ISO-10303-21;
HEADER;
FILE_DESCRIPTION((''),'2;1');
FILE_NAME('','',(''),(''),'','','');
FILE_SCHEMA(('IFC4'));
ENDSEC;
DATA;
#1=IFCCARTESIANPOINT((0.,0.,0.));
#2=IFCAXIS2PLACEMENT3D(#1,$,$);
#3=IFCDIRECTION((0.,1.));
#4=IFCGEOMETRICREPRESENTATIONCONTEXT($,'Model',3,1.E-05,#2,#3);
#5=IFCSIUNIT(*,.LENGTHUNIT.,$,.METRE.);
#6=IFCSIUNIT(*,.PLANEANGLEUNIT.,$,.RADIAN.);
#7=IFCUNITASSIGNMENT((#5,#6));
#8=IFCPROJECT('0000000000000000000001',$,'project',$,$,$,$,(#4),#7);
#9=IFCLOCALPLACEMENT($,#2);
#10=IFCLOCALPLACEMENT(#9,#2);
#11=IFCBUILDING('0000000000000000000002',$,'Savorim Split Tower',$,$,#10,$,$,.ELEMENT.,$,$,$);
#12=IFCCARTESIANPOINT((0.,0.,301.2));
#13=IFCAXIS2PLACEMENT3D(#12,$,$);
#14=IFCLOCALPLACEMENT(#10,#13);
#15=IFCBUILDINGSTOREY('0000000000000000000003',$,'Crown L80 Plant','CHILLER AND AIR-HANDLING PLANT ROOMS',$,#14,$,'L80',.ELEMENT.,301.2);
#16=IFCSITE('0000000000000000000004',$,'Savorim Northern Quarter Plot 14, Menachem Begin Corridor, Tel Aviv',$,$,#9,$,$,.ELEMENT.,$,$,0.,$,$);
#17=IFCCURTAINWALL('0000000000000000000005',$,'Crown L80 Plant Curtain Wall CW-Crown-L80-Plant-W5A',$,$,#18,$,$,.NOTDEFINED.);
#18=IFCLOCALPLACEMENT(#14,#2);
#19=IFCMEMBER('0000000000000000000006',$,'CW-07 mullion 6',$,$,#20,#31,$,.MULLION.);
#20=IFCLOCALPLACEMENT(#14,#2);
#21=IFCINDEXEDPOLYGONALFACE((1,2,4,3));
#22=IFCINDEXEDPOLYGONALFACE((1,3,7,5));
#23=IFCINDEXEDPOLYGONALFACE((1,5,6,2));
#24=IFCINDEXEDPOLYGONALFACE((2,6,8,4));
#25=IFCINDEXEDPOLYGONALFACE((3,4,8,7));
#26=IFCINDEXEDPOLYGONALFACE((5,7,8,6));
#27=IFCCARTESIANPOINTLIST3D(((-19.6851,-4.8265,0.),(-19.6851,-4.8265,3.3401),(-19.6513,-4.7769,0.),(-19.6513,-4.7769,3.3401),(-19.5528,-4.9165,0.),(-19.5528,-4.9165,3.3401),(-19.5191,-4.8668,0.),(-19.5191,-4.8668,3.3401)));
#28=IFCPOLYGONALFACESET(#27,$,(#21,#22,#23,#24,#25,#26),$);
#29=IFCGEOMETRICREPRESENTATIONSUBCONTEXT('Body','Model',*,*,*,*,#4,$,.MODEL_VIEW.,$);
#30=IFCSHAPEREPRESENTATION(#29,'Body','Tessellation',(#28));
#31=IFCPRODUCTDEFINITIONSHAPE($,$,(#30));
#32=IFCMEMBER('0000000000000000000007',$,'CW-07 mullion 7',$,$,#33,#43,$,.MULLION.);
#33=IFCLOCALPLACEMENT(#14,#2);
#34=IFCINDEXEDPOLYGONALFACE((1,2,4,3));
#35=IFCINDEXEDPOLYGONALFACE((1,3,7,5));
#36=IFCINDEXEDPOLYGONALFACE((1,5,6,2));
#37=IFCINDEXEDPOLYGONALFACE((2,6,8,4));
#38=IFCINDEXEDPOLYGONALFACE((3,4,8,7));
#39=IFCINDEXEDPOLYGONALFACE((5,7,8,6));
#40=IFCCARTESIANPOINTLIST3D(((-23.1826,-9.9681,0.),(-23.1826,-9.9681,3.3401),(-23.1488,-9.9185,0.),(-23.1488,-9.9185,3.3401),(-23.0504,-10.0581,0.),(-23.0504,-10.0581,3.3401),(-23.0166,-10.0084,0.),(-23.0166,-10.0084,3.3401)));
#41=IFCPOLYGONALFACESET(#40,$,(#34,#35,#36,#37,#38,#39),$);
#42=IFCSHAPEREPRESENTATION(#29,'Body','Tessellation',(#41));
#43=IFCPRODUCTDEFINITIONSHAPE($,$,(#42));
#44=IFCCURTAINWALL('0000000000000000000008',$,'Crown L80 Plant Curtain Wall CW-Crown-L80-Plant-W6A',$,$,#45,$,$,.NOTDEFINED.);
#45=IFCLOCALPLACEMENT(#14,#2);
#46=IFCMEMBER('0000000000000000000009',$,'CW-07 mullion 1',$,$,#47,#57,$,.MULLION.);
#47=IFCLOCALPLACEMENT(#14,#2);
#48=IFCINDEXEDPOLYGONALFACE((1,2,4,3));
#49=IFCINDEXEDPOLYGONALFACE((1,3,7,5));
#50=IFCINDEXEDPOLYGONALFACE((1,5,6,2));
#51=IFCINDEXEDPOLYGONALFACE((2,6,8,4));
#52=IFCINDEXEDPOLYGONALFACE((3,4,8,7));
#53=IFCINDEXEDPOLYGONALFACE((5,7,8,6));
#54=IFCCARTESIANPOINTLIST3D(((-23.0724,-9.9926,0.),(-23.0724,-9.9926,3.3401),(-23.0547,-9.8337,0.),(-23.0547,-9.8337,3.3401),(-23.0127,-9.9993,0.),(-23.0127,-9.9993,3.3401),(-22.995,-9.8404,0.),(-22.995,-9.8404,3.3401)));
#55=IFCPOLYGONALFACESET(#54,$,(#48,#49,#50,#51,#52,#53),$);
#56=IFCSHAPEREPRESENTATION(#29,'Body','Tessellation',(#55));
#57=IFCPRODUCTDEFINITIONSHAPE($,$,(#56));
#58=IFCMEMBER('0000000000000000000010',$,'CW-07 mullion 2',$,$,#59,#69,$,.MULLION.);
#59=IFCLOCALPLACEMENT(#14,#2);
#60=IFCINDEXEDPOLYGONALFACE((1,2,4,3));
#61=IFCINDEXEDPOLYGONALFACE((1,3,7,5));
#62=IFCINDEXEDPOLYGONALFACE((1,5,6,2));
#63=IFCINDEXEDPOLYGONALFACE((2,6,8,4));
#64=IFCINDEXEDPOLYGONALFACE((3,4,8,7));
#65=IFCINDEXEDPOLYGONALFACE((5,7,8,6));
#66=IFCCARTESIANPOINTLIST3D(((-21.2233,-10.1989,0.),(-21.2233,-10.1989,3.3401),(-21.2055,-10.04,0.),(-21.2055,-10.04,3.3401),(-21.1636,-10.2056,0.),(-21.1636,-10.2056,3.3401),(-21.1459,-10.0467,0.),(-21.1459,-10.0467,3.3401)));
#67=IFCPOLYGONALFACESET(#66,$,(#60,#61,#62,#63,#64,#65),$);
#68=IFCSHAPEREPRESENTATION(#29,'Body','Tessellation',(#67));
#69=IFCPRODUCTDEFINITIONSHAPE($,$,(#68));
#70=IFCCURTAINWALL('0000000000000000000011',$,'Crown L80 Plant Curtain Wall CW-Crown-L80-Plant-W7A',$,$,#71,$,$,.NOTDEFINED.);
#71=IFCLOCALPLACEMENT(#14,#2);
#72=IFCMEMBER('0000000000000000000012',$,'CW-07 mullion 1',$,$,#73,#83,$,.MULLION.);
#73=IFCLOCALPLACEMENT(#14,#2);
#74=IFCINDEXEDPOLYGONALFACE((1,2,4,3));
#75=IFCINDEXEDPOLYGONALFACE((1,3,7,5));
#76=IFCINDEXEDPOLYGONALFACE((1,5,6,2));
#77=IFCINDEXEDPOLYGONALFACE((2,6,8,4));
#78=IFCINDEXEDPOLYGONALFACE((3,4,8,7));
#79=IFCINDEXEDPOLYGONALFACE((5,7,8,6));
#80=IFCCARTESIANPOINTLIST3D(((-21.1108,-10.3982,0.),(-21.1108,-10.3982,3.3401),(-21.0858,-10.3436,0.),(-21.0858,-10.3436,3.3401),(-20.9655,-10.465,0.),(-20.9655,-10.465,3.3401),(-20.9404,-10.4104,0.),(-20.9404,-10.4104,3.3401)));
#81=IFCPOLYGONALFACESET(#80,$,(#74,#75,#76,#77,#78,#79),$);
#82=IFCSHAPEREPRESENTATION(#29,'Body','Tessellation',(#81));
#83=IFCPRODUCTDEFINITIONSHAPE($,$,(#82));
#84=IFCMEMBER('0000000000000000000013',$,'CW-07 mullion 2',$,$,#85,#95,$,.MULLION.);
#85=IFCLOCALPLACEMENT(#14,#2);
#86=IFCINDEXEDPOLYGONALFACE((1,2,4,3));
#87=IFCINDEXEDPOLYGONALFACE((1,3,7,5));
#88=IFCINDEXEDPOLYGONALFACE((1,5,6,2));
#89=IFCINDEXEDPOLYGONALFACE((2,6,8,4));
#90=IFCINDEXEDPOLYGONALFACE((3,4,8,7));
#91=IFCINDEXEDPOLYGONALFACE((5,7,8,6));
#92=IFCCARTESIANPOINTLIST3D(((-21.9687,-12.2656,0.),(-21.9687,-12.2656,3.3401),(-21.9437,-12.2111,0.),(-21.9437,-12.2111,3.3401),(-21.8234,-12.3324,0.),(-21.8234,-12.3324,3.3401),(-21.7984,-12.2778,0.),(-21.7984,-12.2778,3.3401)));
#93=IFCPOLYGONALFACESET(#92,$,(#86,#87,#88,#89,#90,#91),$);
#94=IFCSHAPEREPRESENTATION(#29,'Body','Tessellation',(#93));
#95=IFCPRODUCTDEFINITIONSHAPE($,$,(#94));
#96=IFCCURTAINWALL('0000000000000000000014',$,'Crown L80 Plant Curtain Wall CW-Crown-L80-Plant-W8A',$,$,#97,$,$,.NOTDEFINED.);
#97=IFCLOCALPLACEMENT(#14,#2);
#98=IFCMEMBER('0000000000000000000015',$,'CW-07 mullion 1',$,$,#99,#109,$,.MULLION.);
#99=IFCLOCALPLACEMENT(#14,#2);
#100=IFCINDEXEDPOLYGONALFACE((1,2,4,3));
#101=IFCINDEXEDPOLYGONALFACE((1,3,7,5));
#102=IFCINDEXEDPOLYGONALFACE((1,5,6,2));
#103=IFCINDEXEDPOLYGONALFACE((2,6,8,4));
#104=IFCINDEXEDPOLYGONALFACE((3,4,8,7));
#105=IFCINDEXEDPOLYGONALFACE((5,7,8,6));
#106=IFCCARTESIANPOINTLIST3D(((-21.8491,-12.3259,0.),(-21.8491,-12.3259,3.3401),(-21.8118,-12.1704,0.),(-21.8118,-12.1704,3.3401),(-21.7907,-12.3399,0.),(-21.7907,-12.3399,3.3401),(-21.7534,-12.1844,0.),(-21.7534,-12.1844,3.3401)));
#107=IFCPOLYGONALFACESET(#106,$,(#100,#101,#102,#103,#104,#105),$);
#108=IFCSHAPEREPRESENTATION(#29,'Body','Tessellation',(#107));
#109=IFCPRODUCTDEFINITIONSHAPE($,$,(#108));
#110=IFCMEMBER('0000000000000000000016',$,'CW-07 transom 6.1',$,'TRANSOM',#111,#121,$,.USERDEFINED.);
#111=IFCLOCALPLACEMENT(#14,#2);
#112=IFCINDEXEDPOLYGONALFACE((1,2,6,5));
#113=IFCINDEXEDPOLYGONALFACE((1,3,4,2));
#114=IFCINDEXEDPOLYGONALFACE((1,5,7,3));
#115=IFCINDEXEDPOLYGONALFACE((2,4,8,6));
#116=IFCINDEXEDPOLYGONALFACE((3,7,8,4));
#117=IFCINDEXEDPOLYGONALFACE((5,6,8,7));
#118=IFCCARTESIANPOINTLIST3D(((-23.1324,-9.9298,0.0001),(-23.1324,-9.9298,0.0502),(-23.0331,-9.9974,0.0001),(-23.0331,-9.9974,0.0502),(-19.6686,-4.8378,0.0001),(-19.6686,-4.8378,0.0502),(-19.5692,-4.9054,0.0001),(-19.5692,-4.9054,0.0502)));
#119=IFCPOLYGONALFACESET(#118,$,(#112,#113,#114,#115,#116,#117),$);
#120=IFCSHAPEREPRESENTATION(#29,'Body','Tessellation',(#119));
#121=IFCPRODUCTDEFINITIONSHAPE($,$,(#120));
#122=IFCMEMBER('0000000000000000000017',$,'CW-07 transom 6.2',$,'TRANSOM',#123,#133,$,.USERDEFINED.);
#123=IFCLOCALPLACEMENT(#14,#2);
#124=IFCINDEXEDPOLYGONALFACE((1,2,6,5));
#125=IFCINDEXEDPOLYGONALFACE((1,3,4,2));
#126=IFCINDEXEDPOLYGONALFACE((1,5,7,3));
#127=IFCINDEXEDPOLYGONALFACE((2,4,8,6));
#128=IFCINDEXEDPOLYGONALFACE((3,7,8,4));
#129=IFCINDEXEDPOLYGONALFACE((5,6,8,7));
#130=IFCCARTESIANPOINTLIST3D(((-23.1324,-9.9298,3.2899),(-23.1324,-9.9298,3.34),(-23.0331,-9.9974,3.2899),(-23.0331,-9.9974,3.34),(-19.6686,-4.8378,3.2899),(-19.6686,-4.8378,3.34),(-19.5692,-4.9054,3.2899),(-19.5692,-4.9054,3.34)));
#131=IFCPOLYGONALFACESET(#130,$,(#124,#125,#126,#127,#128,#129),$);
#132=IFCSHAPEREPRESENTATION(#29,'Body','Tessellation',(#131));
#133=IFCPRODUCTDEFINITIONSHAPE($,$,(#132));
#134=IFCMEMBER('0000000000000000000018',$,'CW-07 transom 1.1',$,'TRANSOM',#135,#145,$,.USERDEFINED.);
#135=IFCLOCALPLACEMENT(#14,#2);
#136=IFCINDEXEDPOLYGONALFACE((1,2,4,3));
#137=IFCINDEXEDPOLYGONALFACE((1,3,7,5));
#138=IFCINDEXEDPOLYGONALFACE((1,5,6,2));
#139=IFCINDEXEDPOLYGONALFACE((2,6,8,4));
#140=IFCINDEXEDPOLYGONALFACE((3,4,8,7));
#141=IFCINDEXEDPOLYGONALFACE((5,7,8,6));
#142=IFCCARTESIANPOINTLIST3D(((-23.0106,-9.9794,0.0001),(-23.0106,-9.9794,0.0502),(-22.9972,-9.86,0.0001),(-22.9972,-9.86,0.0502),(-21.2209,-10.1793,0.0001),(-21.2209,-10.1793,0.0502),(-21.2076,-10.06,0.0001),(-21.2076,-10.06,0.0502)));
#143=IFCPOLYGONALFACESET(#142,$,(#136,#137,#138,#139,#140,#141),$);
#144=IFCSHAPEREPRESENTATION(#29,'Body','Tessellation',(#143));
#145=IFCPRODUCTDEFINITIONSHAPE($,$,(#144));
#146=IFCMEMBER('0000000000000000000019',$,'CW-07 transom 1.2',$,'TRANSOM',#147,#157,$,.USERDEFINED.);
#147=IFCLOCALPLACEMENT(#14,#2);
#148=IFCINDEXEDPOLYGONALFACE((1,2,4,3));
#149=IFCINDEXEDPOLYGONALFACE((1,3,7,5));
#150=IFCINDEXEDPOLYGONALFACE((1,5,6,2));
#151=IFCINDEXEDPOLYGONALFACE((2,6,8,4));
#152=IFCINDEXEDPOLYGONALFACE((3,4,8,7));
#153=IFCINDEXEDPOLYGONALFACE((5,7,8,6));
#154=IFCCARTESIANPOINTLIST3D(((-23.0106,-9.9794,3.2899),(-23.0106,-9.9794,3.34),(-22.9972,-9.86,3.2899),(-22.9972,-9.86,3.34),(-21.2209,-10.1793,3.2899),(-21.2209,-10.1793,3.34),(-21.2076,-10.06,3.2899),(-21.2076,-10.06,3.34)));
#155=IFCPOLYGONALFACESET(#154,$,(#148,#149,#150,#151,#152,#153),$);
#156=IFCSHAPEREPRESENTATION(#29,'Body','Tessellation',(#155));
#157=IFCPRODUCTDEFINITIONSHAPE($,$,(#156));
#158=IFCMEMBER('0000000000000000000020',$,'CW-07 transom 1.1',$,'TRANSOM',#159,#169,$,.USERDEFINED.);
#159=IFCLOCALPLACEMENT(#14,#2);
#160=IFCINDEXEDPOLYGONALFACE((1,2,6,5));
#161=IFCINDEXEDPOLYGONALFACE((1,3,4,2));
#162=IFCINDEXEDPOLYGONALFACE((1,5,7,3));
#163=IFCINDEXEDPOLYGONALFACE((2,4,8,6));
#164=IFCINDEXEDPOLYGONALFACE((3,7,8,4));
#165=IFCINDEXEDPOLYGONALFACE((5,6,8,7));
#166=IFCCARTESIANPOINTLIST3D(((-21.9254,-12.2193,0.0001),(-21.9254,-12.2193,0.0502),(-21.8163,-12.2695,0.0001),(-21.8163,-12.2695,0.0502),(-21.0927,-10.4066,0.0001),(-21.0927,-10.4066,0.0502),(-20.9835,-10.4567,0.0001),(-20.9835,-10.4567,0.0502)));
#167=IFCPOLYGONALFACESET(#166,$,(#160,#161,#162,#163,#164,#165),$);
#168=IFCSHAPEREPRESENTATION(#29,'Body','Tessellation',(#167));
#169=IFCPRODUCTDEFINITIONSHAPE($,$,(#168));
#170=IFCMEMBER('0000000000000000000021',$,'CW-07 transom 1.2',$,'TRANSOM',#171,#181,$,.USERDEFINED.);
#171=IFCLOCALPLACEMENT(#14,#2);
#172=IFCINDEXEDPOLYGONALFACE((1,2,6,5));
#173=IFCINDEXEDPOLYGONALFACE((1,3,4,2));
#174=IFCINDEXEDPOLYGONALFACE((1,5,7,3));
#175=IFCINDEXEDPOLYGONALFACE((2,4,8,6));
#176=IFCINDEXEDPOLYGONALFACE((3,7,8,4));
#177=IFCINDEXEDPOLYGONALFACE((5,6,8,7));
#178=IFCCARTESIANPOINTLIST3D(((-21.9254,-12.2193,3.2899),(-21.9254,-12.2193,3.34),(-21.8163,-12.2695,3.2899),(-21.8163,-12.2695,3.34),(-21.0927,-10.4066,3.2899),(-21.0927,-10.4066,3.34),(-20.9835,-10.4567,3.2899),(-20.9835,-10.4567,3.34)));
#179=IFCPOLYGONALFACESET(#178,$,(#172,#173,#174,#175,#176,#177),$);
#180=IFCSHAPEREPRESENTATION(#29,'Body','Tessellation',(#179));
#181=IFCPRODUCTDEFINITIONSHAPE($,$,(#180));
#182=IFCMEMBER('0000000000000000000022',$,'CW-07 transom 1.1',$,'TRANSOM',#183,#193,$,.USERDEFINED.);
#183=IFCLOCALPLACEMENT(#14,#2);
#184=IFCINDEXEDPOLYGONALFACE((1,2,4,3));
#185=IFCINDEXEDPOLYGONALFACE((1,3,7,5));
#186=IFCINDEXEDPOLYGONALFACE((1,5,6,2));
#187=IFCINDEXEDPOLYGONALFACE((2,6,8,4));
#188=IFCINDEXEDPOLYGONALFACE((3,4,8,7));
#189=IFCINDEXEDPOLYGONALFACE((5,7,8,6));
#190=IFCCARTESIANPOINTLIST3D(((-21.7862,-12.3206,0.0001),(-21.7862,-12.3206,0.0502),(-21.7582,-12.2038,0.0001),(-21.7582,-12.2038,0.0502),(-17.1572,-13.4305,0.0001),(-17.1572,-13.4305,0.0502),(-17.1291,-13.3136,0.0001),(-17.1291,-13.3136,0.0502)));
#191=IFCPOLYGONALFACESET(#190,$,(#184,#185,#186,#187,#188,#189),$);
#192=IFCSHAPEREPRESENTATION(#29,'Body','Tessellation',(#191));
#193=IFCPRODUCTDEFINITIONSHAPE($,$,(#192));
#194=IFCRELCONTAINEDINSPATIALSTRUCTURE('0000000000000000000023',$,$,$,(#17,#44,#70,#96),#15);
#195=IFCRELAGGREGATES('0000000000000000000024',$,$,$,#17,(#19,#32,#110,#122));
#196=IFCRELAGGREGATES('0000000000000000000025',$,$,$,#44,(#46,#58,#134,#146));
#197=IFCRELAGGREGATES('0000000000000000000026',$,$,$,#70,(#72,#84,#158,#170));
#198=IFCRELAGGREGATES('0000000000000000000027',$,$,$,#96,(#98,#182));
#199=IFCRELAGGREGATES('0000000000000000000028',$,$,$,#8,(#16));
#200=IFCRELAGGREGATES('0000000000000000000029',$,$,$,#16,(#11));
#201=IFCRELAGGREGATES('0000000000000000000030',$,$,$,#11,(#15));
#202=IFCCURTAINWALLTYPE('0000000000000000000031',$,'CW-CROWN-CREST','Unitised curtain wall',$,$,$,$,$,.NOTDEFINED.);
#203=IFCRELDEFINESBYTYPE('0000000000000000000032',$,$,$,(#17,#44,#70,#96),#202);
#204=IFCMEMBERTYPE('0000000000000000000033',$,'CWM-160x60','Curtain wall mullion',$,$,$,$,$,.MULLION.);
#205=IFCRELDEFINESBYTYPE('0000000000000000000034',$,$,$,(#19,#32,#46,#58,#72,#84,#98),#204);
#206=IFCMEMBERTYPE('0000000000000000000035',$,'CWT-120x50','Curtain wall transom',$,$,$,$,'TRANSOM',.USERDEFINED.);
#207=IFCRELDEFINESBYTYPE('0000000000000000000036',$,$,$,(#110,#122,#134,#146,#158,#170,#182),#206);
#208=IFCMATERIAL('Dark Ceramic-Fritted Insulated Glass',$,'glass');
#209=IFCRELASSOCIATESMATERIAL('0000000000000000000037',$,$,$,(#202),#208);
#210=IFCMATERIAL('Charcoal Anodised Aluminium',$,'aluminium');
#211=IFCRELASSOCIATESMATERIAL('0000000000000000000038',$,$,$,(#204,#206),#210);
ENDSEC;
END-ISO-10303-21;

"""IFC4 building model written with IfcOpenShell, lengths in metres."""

from ifc_helpers import new_model, si_unit, direction, frame, origin, origin_2d, place, context, subcontext, project, spatial, rectangle, extrude, material, material_profile, profile_set, type_object, element, aggregate, save


model = new_model("IFC4")

# Units and contexts
model_context = context("Model", 3, precision=1e-05, world=origin(), true_north=direction((0.0, 1.0)))
body_context = subcontext(model_context, "Body", "Model", "MODEL_VIEW")
ifc_project = project(units=[si_unit("LENGTHUNIT", "METRE"), si_unit("PLANEANGLEUNIT", "RADIAN")], contexts=[model_context])

# Site, building, storey
site_placement = place(None, origin())
site = spatial("IfcSite", under=ifc_project, at=site_placement, Name="Savorim Northern Quarter Plot 14, Menachem Begin Corridor, Tel Aviv", CompositionType="ELEMENT", RefElevation=0.0)
building_placement = place(site_placement, origin())
building = spatial("IfcBuilding", under=site, at=building_placement, Name="Savorim Split Tower", CompositionType="ELEMENT")
storey_placement = place(building_placement, frame((0.0, 0.0, 301.2)))
storey = spatial("IfcBuildingStorey", under=building, at=storey_placement, Name="Crown L80 Plant", Description="CHILLER AND AIR-HANDLING PLANT ROOMS", LongName="L80", CompositionType="ELEMENT", Elevation=301.2)

# Curtain walls, members
ifc_material_1 = material(Name="Dark Ceramic-Fritted Insulated Glass", Category="glass")
curtain_wall_type = type_object("IfcCurtainWallType", Name="CW-CROWN-CREST", Description="Unitised curtain wall", PredefinedType="NOTDEFINED", material=ifc_material_1)
curtain_wall_1_placement = place(storey_placement, origin())
curtain_wall_1 = element("IfcCurtainWall", 1, at=curtain_wall_1_placement, inside=storey, type_object=curtain_wall_type, Name="Crown L80 Plant Curtain Wall CW-Crown-L80-Plant-W5A", PredefinedType="NOTDEFINED")
ifc_material_2 = material(Name="Charcoal Anodised Aluminium", Category="aluminium")
ifc_material_profile_1 = material_profile(ifc_material_2, rectangle(XDim=0.1599, YDim=0.0601, at=origin_2d()), Name="ALU-M 160x60")
ifc_profile_set_1 = profile_set([ifc_material_profile_1], Name="Charcoal Anodised Aluminium")
member_type_1 = type_object("IfcMemberType", Name="CWM-160x60", Description="Curtain wall mullion", PredefinedType="MULLION", material=ifc_profile_set_1)
member_1_placement = place(storey_placement, frame((-19.6021, -4.8467, 0.0), z_axis=(0.0, 0.0, 1.0), x_axis=(0.826821, -0.562465, 0.0)))
member_1 = element("IfcMember", 2, at=member_1_placement, type_object=member_type_1, Name="CW-07 mullion 6", PredefinedType="MULLION", context=body_context, shape_type="SweptSolid", body=[
    extrude(rectangle(XDim=0.1599, YDim=0.0601, at=origin_2d()), origin(), (0.0, 0.0, 1.0), 3.3401),
])
member_2_placement = place(storey_placement, frame((-23.0996, -9.9883, 0.0), z_axis=(0.0, 0.0, 1.0), x_axis=(0.826821, -0.562465, 0.0)))
member_2 = element("IfcMember", 3, at=member_2_placement, type_object=member_type_1, Name="CW-07 mullion 7", PredefinedType="MULLION", context=body_context, shape_type="SweptSolid", body=[
    extrude(rectangle(XDim=0.1599, YDim=0.0601, at=origin_2d()), origin(), (0.0, 0.0, 1.0), 3.3401),
])
curtain_wall_2_placement = place(storey_placement, origin())
curtain_wall_2 = element("IfcCurtainWall", 4, at=curtain_wall_2_placement, inside=storey, type_object=curtain_wall_type, Name="Crown L80 Plant Curtain Wall CW-Crown-L80-Plant-W6A", PredefinedType="NOTDEFINED")
member_3_placement = place(storey_placement, frame((-23.0337, -9.9165, 0.0), z_axis=(0.0, 0.0, 1.0), x_axis=(0.110957, 0.993825, 0.0)))
member_3 = element("IfcMember", 5, at=member_3_placement, type_object=member_type_1, Name="CW-07 mullion 1", PredefinedType="MULLION", context=body_context, shape_type="SweptSolid", body=[
    extrude(rectangle(XDim=0.1599, YDim=0.0601, at=origin_2d()), origin(), (0.0, 0.0, 1.0), 3.3401),
])
member_4_placement = place(storey_placement, frame((-21.1846, -10.1228, 0.0), z_axis=(0.0, 0.0, 1.0), x_axis=(0.110957, 0.993825, 0.0)))
member_4 = element("IfcMember", 6, at=member_4_placement, type_object=member_type_1, Name="CW-07 mullion 2", PredefinedType="MULLION", context=body_context, shape_type="SweptSolid", body=[
    extrude(rectangle(XDim=0.1599, YDim=0.0601, at=origin_2d()), origin(), (0.0, 0.0, 1.0), 3.3401),
])
curtain_wall_3_placement = place(storey_placement, origin())
curtain_wall_3 = element("IfcCurtainWall", 7, at=curtain_wall_3_placement, inside=storey, type_object=curtain_wall_type, Name="Crown L80 Plant Curtain Wall CW-Crown-L80-Plant-W7A", PredefinedType="NOTDEFINED")
member_5_placement = place(storey_placement, frame((-21.0256, -10.4043, 0.0), z_axis=(0.0, 0.0, 1.0), x_axis=(0.908683, -0.417486, 0.0)))
member_5 = element("IfcMember", 8, at=member_5_placement, type_object=member_type_1, Name="CW-07 mullion 1", PredefinedType="MULLION", context=body_context, shape_type="SweptSolid", body=[
    extrude(rectangle(XDim=0.1599, YDim=0.0601, at=origin_2d()), origin(), (0.0, 0.0, 1.0), 3.3401),
])
member_6_placement = place(storey_placement, frame((-21.8835, -12.2717, 0.0), z_axis=(0.0, 0.0, 1.0), x_axis=(0.908683, -0.417486, 0.0)))
member_6 = element("IfcMember", 9, at=member_6_placement, type_object=member_type_1, Name="CW-07 mullion 2", PredefinedType="MULLION", context=body_context, shape_type="SweptSolid", body=[
    extrude(rectangle(XDim=0.1599, YDim=0.0601, at=origin_2d()), origin(), (0.0, 0.0, 1.0), 3.3401),
])

# Curtain wall, member
curtain_wall_4_placement = place(storey_placement, origin())
curtain_wall_4 = element("IfcCurtainWall", 10, at=curtain_wall_4_placement, inside=storey, type_object=curtain_wall_type, Name="Crown L80 Plant Curtain Wall CW-Crown-L80-Plant-W8A", PredefinedType="NOTDEFINED")
member_7_placement = place(storey_placement, frame((-21.8013, -12.2551, 0.0), z_axis=(0.0, 0.0, 1.0), x_axis=(0.233157, 0.972439, 0.0)))
member_7 = element("IfcMember", 11, at=member_7_placement, type_object=member_type_1, Name="CW-07 mullion 1", PredefinedType="MULLION", context=body_context, shape_type="SweptSolid", body=[
    extrude(rectangle(XDim=0.1599, YDim=0.0601, at=origin_2d()), origin(), (0.0, 0.0, 1.0), 3.3401),
])

# Members
ifc_material_profile_2 = material_profile(ifc_material_2, rectangle(XDim=0.1201, YDim=0.05, at=origin_2d()), Name="ALU-T 120x50")
ifc_profile_set_2 = profile_set([ifc_material_profile_2], Name="Charcoal Anodised Aluminium")
member_type_2 = type_object("IfcMemberType", Name="CWT-120x50", Description="Curtain wall transom", ElementType="TRANSOM", PredefinedType="USERDEFINED", material=ifc_profile_set_2)
member_8_placement = place(storey_placement, frame((-19.6189, -4.8716, 0.0251), z_axis=(-0.562452, -0.82683, 0.0), x_axis=(0.82683, -0.562452, 0.0)))
member_8 = element("IfcMember", 12, at=member_8_placement, type_object=member_type_2, Name="CW-07 transom 6.1", ObjectType="TRANSOM", PredefinedType="USERDEFINED", context=body_context, shape_type="SweptSolid", body=[
    extrude(rectangle(XDim=0.1201, YDim=0.05, at=origin_2d()), origin(), (0.0, 0.0, 1.0), 6.1584),
])
member_9_placement = place(storey_placement, frame((-19.6189, -4.8716, 3.3149), z_axis=(-0.562452, -0.82683, 0.0), x_axis=(0.82683, -0.562452, 0.0)))
member_9 = element("IfcMember", 13, at=member_9_placement, type_object=member_type_2, Name="CW-07 transom 6.2", ObjectType="TRANSOM", PredefinedType="USERDEFINED", context=body_context, shape_type="SweptSolid", body=[
    extrude(rectangle(XDim=0.1201, YDim=0.05, at=origin_2d()), origin(), (0.0, 0.0, 1.0), 6.1584),
])
member_10_placement = place(storey_placement, frame((-23.0039, -9.9197, 0.0251), z_axis=(0.993816, -0.111042, 0.0), x_axis=(0.111042, 0.993816, 0.0)))
member_10 = element("IfcMember", 14, at=member_10_placement, type_object=member_type_2, Name="CW-07 transom 1.1", ObjectType="TRANSOM", PredefinedType="USERDEFINED", context=body_context, shape_type="SweptSolid", body=[
    extrude(rectangle(XDim=0.1201, YDim=0.05, at=origin_2d()), origin(), (0.0, 0.0, 1.0), 1.8008),
])
member_11_placement = place(storey_placement, frame((-23.0039, -9.9197, 3.3149), z_axis=(0.993816, -0.111042, 0.0), x_axis=(0.111042, 0.993816, 0.0)))
member_11 = element("IfcMember", 15, at=member_11_placement, type_object=member_type_2, Name="CW-07 transom 1.2", ObjectType="TRANSOM", PredefinedType="USERDEFINED", context=body_context, shape_type="SweptSolid", body=[
    extrude(rectangle(XDim=0.1201, YDim=0.05, at=origin_2d()), origin(), (0.0, 0.0, 1.0), 1.8008),
])
member_12_placement = place(storey_placement, frame((-21.0381, -10.4316, 0.0251), z_axis=(-0.417451, -0.908699, 0.0), x_axis=(0.908699, -0.417451, 0.0)))
member_12 = element("IfcMember", 16, at=member_12_placement, type_object=member_type_2, Name="CW-07 transom 1.1", ObjectType="TRANSOM", PredefinedType="USERDEFINED", context=body_context, shape_type="SweptSolid", body=[
    extrude(rectangle(XDim=0.1201, YDim=0.05, at=origin_2d()), origin(), (0.0, 0.0, 1.0), 1.9949),
])
member_13_placement = place(storey_placement, frame((-21.0381, -10.4316, 3.3149), z_axis=(-0.417451, -0.908699, 0.0), x_axis=(0.908699, -0.417451, 0.0)))
member_13 = element("IfcMember", 17, at=member_13_placement, type_object=member_type_2, Name="CW-07 transom 1.2", ObjectType="TRANSOM", PredefinedType="USERDEFINED", context=body_context, shape_type="SweptSolid", body=[
    extrude(rectangle(XDim=0.1201, YDim=0.05, at=origin_2d()), origin(), (0.0, 0.0, 1.0), 1.9949),
])
member_14_placement = place(storey_placement, frame((-21.7722, -12.2622, 0.0251), z_axis=(0.972441, -0.233148, 0.0), x_axis=(0.233148, 0.972441, 0.0)))
member_14 = element("IfcMember", 18, at=member_14_placement, type_object=member_type_2, Name="CW-07 transom 1.1", ObjectType="TRANSOM", PredefinedType="USERDEFINED", context=body_context, shape_type="SweptSolid", body=[
    extrude(rectangle(XDim=0.1201, YDim=0.05, at=origin_2d()), origin(), (0.0, 0.0, 1.0), 4.7603),
])

aggregate(curtain_wall_1, [member_1, member_2, member_8, member_9])
aggregate(curtain_wall_2, [member_3, member_4, member_10, member_11])
aggregate(curtain_wall_3, [member_5, member_6, member_12, member_13])
aggregate(curtain_wall_4, [member_7, member_14])

save(model, "model.ifc")
